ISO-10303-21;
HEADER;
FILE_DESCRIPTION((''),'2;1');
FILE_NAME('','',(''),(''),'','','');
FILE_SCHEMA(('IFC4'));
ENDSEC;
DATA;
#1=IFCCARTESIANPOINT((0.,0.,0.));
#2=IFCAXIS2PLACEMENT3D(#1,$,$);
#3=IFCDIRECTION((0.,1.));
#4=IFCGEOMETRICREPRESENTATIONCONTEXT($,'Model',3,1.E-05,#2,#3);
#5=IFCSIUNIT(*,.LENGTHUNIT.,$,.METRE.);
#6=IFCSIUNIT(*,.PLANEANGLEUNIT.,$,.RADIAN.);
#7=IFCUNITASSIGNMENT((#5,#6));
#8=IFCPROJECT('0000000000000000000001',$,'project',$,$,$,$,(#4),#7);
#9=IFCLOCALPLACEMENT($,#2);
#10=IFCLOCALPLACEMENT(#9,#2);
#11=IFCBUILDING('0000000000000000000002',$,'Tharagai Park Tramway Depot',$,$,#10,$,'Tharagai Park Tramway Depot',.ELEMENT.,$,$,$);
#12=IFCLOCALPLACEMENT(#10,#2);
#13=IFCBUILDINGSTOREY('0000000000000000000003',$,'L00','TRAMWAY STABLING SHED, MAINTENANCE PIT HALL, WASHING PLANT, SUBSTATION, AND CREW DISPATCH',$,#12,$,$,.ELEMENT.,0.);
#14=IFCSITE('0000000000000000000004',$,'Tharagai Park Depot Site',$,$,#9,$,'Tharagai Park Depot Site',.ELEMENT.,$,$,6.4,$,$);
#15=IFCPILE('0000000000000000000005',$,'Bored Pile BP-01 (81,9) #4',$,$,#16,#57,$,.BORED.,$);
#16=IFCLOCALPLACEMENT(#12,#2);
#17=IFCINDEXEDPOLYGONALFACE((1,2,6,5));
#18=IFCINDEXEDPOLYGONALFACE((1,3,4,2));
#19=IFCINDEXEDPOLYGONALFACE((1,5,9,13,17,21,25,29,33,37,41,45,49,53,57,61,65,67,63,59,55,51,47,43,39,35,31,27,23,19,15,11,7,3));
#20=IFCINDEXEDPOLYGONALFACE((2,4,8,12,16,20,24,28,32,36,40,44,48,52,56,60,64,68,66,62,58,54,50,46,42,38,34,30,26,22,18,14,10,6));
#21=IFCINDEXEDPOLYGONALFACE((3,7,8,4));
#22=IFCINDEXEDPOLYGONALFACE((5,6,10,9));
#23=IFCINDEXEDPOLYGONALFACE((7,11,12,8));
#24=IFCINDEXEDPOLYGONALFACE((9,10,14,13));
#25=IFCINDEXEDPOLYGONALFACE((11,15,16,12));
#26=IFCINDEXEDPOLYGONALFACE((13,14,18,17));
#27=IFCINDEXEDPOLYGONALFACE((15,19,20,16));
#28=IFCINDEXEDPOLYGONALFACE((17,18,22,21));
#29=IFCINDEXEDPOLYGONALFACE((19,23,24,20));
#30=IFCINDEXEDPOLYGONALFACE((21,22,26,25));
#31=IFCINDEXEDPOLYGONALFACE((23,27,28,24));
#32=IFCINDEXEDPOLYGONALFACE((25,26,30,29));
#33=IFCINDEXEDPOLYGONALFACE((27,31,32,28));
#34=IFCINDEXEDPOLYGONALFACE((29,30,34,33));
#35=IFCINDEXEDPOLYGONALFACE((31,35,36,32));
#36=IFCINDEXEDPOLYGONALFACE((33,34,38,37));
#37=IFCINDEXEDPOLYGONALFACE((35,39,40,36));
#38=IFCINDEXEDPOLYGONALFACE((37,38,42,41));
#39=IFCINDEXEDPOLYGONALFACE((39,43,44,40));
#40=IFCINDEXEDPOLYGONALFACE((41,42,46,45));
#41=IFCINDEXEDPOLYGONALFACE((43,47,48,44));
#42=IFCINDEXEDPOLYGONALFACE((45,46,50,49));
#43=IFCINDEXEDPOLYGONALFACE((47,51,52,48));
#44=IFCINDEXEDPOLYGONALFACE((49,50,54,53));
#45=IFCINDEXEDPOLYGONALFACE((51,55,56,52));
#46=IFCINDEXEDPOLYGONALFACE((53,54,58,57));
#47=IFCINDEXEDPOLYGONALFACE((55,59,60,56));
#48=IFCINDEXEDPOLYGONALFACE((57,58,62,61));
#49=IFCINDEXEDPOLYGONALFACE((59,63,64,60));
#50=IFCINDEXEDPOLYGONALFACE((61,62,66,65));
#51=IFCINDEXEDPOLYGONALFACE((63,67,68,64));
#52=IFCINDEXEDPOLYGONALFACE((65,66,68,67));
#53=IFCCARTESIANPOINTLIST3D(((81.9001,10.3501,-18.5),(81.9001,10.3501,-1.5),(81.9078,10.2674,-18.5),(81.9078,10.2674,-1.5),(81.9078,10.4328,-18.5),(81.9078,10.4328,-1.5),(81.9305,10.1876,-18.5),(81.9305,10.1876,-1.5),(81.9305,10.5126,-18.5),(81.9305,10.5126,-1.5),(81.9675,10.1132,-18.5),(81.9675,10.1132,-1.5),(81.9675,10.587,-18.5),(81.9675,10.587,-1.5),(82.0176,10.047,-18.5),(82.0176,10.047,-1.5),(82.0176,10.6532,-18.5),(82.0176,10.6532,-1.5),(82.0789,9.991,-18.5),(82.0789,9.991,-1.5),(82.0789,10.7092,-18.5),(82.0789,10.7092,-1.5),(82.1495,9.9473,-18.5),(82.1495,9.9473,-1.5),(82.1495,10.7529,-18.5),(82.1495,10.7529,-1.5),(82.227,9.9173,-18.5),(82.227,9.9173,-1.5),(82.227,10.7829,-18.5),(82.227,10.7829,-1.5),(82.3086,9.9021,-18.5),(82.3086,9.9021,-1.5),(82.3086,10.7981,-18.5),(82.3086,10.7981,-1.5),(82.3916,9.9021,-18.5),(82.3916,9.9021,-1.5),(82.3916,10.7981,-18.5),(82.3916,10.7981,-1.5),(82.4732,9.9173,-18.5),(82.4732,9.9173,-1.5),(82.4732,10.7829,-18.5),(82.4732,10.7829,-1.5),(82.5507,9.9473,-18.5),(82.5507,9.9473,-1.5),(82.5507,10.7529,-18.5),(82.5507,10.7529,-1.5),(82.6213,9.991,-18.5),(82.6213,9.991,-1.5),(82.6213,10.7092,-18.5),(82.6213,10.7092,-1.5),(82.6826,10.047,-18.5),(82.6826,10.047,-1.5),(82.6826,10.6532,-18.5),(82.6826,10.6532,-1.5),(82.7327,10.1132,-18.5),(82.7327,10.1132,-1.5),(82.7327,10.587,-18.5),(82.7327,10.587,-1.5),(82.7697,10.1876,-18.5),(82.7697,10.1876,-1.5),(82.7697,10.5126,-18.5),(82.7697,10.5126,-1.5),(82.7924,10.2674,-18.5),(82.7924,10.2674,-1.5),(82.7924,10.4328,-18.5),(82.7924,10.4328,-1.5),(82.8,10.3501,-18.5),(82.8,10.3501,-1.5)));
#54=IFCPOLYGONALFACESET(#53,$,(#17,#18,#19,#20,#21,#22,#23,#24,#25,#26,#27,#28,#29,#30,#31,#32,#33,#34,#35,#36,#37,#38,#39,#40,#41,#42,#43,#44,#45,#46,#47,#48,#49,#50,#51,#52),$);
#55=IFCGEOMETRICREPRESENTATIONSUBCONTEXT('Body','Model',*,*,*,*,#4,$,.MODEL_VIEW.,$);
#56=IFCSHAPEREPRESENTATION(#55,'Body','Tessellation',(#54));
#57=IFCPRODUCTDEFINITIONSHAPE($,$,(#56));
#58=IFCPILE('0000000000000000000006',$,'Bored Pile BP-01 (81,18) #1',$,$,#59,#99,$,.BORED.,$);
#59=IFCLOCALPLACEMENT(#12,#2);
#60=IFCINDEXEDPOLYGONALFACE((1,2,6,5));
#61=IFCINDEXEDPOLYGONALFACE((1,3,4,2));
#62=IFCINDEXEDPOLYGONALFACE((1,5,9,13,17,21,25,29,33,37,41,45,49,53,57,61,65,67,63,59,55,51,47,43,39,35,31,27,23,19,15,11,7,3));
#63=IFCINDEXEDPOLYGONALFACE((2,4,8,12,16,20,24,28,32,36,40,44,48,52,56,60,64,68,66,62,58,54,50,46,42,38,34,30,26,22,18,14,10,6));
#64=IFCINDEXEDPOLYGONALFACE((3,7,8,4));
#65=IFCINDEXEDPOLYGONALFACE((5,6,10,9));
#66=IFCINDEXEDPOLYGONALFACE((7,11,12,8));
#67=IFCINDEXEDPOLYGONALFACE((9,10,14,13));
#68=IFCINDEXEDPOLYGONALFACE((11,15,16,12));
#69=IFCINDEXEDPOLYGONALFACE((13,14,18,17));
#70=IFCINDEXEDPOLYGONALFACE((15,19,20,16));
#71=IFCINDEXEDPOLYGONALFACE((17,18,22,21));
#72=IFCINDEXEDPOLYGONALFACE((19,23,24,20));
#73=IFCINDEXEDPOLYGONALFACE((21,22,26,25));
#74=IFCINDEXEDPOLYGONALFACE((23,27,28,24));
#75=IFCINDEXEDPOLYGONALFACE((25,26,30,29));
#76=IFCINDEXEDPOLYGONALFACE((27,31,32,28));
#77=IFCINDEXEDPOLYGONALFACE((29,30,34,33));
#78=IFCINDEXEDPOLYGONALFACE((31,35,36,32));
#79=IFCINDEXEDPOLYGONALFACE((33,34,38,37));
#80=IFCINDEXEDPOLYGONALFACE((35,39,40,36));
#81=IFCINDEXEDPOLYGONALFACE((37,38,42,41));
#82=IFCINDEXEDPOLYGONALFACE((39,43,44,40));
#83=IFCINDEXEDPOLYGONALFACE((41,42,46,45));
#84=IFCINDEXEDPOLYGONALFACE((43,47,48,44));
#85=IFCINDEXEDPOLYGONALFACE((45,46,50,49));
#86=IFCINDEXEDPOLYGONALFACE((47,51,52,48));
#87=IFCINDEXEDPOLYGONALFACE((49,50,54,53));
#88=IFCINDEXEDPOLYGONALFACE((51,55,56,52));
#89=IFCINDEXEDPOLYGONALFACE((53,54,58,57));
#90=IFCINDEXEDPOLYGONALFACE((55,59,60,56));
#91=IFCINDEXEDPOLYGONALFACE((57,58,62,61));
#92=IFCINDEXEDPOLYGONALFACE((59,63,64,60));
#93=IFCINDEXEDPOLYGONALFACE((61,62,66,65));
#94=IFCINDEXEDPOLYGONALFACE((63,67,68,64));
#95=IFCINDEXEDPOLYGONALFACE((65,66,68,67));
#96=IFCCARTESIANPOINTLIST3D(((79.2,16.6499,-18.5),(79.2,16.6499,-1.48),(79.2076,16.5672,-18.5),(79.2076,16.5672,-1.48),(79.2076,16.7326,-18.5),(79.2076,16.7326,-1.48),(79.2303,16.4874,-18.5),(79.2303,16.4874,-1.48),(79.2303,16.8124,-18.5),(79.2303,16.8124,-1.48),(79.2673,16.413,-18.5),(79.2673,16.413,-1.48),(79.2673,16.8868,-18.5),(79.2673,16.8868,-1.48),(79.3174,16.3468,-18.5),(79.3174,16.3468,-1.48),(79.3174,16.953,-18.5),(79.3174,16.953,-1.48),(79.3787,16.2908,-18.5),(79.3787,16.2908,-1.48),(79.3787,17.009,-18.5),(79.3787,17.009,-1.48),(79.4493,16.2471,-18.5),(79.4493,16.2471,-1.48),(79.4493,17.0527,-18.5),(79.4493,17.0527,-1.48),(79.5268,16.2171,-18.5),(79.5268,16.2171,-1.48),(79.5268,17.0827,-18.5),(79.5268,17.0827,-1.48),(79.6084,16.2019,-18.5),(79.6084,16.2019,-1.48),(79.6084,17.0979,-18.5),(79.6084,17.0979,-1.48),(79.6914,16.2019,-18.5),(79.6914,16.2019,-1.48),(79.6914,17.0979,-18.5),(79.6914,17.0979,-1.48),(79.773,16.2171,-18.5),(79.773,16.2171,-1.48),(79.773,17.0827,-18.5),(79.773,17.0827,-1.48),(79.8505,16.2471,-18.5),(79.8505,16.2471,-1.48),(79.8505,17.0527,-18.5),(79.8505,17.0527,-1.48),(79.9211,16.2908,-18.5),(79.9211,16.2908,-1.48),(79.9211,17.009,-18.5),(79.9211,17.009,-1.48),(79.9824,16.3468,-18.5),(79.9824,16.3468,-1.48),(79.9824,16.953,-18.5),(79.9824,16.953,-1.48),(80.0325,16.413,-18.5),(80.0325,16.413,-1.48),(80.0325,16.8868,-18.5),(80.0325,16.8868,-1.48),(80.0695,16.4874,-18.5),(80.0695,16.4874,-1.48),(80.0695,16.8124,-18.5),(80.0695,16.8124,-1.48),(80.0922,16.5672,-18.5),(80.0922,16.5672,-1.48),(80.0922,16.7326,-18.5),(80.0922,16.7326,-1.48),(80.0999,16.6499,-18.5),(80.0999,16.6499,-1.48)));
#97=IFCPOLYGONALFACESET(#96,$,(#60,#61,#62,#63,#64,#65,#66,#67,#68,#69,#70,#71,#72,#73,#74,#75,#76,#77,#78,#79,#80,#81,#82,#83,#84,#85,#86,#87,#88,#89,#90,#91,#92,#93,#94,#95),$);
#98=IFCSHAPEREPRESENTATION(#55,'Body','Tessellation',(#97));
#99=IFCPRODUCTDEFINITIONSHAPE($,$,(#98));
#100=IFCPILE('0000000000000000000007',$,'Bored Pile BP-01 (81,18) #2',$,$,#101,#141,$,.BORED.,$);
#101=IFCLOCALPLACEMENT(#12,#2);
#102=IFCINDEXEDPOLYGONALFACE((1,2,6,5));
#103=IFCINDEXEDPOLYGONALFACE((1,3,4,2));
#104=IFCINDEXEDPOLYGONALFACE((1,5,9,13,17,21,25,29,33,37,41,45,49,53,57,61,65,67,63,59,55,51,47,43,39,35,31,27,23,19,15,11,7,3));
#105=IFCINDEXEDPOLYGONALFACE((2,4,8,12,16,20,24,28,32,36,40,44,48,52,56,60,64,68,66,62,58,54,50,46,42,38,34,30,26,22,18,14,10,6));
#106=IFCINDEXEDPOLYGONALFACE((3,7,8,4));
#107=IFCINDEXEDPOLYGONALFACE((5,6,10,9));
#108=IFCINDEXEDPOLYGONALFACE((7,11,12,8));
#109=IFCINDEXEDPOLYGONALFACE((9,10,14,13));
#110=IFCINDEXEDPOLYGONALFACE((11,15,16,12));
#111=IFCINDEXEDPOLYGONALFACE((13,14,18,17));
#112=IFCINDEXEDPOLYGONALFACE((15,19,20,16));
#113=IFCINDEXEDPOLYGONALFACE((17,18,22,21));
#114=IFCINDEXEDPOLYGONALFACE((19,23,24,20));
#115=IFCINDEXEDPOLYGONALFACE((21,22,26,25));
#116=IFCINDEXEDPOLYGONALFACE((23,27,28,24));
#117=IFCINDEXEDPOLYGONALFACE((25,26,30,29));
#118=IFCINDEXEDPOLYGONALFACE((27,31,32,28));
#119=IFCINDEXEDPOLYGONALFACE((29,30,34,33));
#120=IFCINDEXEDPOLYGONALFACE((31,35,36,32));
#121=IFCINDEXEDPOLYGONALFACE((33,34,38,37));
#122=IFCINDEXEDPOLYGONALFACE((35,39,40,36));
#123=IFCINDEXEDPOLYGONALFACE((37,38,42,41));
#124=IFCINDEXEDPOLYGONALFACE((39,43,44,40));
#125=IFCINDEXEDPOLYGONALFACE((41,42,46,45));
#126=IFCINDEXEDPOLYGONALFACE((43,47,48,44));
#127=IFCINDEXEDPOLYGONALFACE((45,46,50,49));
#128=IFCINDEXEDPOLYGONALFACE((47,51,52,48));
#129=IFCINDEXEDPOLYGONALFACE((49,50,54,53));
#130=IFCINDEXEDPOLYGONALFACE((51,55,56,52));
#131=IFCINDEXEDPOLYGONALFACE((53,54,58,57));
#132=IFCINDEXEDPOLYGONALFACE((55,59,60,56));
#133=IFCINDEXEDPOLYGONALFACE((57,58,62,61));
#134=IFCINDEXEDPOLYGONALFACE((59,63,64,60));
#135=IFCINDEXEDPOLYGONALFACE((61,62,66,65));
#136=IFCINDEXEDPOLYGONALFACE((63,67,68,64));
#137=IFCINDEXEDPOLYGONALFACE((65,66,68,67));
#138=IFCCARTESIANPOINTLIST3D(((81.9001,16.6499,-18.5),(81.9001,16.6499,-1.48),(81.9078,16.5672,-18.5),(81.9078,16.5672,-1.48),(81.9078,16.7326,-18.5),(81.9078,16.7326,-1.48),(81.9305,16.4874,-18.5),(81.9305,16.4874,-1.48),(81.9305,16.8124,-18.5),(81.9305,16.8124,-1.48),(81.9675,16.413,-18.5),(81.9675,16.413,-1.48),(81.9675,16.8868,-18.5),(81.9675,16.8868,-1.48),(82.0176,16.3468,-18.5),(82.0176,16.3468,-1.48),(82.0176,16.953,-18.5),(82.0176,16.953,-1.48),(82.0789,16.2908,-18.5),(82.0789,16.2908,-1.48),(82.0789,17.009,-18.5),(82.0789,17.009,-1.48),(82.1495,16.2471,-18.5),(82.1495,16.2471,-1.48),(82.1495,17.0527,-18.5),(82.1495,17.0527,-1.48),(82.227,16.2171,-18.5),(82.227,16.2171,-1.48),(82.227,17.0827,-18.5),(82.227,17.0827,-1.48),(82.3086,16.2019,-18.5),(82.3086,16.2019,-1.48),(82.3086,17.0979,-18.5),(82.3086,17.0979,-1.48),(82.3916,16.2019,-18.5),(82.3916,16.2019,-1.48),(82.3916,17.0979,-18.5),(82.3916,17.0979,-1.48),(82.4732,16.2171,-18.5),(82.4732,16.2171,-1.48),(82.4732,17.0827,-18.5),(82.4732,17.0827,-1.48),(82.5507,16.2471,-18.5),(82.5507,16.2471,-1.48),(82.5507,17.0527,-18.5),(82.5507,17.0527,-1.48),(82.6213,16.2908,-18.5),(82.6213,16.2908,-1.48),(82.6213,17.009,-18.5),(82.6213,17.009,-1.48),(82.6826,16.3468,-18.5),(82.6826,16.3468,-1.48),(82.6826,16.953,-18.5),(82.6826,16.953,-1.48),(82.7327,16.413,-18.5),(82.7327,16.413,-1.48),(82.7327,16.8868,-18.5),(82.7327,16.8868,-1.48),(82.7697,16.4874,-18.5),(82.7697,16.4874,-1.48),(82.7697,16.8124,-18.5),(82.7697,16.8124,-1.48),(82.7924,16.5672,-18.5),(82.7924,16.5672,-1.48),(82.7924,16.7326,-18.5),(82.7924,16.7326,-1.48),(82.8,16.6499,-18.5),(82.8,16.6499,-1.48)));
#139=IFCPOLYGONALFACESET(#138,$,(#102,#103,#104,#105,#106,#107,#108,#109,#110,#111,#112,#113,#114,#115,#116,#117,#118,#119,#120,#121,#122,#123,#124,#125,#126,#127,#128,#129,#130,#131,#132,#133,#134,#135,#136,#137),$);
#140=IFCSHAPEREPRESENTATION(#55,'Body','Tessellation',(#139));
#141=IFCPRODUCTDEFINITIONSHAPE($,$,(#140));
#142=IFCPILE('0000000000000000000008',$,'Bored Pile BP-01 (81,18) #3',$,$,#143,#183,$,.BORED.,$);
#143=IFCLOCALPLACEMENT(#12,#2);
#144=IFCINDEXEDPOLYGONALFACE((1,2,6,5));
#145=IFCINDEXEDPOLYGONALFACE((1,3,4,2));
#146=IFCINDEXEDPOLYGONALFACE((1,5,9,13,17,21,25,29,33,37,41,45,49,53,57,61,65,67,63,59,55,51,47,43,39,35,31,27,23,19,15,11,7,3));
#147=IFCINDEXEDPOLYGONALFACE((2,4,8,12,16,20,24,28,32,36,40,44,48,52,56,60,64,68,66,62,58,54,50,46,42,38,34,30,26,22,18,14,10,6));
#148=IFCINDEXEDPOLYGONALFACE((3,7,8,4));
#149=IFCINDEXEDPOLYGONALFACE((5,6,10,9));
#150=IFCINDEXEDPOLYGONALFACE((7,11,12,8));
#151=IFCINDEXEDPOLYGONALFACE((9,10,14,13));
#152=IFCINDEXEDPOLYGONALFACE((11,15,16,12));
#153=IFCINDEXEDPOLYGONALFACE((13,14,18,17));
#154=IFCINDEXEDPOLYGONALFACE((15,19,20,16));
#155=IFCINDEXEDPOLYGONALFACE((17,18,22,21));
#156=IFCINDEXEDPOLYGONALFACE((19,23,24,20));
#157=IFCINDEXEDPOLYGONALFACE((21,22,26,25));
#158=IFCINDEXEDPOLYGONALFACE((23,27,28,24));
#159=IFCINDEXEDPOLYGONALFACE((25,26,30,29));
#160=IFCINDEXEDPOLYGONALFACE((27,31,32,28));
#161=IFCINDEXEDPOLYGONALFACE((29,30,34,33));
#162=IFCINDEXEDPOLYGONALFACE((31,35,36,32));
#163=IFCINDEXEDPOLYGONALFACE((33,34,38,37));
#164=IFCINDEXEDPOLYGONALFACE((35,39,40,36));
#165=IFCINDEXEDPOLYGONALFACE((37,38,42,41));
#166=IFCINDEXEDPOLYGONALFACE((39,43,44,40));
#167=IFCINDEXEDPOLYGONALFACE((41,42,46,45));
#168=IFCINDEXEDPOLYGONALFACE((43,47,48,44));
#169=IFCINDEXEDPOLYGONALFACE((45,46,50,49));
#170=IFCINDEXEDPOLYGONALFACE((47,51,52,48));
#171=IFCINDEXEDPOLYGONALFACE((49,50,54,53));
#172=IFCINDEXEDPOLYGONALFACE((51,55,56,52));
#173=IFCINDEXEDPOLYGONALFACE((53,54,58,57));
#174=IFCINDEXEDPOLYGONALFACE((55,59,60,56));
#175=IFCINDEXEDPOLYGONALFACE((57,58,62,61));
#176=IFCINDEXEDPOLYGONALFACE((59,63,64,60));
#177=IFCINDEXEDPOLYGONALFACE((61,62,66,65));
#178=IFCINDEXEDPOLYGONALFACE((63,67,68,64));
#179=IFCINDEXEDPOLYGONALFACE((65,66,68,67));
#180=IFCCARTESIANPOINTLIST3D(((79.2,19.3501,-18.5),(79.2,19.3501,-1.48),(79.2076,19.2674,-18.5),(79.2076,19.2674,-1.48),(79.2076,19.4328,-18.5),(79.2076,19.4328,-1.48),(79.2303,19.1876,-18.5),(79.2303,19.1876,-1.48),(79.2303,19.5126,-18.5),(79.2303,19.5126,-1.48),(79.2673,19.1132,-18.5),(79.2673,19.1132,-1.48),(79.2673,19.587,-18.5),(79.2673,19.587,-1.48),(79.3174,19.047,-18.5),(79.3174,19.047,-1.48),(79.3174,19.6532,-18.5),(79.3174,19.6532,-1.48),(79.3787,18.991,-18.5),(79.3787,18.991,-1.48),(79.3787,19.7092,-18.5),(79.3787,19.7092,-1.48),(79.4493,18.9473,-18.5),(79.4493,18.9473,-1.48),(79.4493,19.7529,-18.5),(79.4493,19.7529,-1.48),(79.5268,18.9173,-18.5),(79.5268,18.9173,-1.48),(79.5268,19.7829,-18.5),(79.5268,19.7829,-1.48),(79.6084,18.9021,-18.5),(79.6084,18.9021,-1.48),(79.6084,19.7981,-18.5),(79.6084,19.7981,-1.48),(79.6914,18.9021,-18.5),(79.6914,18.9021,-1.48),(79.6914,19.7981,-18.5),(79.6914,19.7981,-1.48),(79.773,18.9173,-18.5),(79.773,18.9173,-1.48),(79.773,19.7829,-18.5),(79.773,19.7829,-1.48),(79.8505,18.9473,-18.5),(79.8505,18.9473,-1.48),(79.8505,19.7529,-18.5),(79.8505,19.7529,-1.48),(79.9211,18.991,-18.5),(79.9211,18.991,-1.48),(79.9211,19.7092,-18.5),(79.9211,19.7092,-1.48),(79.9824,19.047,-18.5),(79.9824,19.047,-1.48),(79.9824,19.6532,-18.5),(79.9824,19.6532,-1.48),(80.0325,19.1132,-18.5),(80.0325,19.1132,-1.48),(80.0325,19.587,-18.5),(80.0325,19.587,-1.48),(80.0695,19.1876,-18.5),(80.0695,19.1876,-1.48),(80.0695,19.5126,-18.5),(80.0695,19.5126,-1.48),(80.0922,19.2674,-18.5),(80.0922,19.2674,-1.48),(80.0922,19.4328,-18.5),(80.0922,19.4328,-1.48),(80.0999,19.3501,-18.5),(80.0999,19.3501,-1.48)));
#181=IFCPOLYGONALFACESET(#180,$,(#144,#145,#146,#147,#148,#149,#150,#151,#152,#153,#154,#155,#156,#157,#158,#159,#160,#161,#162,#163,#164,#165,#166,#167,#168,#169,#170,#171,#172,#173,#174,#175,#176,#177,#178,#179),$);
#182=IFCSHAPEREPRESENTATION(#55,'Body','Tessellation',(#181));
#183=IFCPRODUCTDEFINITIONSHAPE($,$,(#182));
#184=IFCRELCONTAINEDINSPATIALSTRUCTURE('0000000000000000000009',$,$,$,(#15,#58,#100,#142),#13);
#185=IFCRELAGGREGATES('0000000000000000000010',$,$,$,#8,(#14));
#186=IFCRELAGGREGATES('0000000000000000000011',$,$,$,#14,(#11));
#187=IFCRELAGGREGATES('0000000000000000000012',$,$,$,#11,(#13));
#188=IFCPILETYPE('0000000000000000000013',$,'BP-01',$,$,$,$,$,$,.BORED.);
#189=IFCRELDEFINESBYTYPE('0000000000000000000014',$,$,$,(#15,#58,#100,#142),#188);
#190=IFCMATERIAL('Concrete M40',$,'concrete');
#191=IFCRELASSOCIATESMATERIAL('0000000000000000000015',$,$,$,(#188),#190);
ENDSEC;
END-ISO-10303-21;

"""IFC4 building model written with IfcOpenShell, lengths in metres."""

from ifc_helpers import new_model, si_unit, direction, frame, origin, origin_2d, place, context, subcontext, project, spatial, circle, extrude, material, material_profile, profile_set, type_object, element, save


model = new_model("IFC4")

# Units and contexts
model_context = context("Model", 3, precision=1e-05, world=origin(), true_north=direction((0.0, 1.0)))
body_context = subcontext(model_context, "Body", "Model", "MODEL_VIEW")
ifc_project = project(units=[si_unit("LENGTHUNIT", "METRE"), si_unit("PLANEANGLEUNIT", "RADIAN")], contexts=[model_context])

# Site, building, storey
site_placement = place(None, origin())
site = spatial("IfcSite", under=ifc_project, at=site_placement, Name="Tharagai Park Depot Site", LongName="Tharagai Park Depot Site", CompositionType="ELEMENT", RefElevation=6.4)
building_placement = place(site_placement, origin())
building = spatial("IfcBuilding", under=site, at=building_placement, Name="Tharagai Park Tramway Depot", LongName="Tharagai Park Tramway Depot", CompositionType="ELEMENT")
storey_placement = place(building_placement, origin())
storey = spatial("IfcBuildingStorey", under=building, at=storey_placement, Name="L00", Description="TRAMWAY STABLING SHED, MAINTENANCE PIT HALL, WASHING PLANT, SUBSTATION, AND CREW DISPATCH", CompositionType="ELEMENT", Elevation=0.0)

# Piles
ifc_material_1 = material(Name="Concrete M40", Category="concrete")
ifc_material_profile_1 = material_profile(ifc_material_1, circle(Radius=0.45, at=origin_2d()), Name="PILE D900")
ifc_profile_set_1 = profile_set([ifc_material_profile_1], Name="Concrete M40")
pile_type_1 = type_object("IfcPileType", Name="BP-01", PredefinedType="BORED", material=ifc_profile_set_1)
for number, where, z_axis, x_axis, name in (
    (1, (82.3501, 10.3501, -1.5), (0.0, 0.0, -1.0), (1.0, 0.0, 0.0), "Bored Pile BP-01 (81,9) #4"),
):
    element("IfcPile", number, at=place(storey_placement, frame(where, z_axis=z_axis, x_axis=x_axis)), inside=storey, type_object=pile_type_1, Name=name, PredefinedType="BORED", context=body_context, shape_type="SweptSolid", body=[
        extrude(circle(Radius=0.45, at=origin_2d()), origin(), (0.0, 0.0, 1.0), 17.0),
    ])
for number, where, z_axis, x_axis, name in (
    (2, (79.6499, 16.6499, -1.48), (0.0, 0.0, -1.0), (1.0, 0.0, 0.0), "Bored Pile BP-01 (81,18) #1"),
    (3, (82.3501, 16.6499, -1.48), (0.0, 0.0, -1.0), (1.0, 0.0, 0.0), "Bored Pile BP-01 (81,18) #2"),
    (4, (79.6499, 19.3501, -1.48), (0.0, 0.0, -1.0), (1.0, 0.0, 0.0), "Bored Pile BP-01 (81,18) #3"),
):
    element("IfcPile", number, at=place(storey_placement, frame(where, z_axis=z_axis, x_axis=x_axis)), inside=storey, type_object=pile_type_1, Name=name, PredefinedType="BORED", context=body_context, shape_type="SweptSolid", body=[
        extrude(circle(Radius=0.45, at=origin_2d()), origin(), (0.0, 0.0, 1.0), 17.02),
    ])

save(model, "model.ifc")
